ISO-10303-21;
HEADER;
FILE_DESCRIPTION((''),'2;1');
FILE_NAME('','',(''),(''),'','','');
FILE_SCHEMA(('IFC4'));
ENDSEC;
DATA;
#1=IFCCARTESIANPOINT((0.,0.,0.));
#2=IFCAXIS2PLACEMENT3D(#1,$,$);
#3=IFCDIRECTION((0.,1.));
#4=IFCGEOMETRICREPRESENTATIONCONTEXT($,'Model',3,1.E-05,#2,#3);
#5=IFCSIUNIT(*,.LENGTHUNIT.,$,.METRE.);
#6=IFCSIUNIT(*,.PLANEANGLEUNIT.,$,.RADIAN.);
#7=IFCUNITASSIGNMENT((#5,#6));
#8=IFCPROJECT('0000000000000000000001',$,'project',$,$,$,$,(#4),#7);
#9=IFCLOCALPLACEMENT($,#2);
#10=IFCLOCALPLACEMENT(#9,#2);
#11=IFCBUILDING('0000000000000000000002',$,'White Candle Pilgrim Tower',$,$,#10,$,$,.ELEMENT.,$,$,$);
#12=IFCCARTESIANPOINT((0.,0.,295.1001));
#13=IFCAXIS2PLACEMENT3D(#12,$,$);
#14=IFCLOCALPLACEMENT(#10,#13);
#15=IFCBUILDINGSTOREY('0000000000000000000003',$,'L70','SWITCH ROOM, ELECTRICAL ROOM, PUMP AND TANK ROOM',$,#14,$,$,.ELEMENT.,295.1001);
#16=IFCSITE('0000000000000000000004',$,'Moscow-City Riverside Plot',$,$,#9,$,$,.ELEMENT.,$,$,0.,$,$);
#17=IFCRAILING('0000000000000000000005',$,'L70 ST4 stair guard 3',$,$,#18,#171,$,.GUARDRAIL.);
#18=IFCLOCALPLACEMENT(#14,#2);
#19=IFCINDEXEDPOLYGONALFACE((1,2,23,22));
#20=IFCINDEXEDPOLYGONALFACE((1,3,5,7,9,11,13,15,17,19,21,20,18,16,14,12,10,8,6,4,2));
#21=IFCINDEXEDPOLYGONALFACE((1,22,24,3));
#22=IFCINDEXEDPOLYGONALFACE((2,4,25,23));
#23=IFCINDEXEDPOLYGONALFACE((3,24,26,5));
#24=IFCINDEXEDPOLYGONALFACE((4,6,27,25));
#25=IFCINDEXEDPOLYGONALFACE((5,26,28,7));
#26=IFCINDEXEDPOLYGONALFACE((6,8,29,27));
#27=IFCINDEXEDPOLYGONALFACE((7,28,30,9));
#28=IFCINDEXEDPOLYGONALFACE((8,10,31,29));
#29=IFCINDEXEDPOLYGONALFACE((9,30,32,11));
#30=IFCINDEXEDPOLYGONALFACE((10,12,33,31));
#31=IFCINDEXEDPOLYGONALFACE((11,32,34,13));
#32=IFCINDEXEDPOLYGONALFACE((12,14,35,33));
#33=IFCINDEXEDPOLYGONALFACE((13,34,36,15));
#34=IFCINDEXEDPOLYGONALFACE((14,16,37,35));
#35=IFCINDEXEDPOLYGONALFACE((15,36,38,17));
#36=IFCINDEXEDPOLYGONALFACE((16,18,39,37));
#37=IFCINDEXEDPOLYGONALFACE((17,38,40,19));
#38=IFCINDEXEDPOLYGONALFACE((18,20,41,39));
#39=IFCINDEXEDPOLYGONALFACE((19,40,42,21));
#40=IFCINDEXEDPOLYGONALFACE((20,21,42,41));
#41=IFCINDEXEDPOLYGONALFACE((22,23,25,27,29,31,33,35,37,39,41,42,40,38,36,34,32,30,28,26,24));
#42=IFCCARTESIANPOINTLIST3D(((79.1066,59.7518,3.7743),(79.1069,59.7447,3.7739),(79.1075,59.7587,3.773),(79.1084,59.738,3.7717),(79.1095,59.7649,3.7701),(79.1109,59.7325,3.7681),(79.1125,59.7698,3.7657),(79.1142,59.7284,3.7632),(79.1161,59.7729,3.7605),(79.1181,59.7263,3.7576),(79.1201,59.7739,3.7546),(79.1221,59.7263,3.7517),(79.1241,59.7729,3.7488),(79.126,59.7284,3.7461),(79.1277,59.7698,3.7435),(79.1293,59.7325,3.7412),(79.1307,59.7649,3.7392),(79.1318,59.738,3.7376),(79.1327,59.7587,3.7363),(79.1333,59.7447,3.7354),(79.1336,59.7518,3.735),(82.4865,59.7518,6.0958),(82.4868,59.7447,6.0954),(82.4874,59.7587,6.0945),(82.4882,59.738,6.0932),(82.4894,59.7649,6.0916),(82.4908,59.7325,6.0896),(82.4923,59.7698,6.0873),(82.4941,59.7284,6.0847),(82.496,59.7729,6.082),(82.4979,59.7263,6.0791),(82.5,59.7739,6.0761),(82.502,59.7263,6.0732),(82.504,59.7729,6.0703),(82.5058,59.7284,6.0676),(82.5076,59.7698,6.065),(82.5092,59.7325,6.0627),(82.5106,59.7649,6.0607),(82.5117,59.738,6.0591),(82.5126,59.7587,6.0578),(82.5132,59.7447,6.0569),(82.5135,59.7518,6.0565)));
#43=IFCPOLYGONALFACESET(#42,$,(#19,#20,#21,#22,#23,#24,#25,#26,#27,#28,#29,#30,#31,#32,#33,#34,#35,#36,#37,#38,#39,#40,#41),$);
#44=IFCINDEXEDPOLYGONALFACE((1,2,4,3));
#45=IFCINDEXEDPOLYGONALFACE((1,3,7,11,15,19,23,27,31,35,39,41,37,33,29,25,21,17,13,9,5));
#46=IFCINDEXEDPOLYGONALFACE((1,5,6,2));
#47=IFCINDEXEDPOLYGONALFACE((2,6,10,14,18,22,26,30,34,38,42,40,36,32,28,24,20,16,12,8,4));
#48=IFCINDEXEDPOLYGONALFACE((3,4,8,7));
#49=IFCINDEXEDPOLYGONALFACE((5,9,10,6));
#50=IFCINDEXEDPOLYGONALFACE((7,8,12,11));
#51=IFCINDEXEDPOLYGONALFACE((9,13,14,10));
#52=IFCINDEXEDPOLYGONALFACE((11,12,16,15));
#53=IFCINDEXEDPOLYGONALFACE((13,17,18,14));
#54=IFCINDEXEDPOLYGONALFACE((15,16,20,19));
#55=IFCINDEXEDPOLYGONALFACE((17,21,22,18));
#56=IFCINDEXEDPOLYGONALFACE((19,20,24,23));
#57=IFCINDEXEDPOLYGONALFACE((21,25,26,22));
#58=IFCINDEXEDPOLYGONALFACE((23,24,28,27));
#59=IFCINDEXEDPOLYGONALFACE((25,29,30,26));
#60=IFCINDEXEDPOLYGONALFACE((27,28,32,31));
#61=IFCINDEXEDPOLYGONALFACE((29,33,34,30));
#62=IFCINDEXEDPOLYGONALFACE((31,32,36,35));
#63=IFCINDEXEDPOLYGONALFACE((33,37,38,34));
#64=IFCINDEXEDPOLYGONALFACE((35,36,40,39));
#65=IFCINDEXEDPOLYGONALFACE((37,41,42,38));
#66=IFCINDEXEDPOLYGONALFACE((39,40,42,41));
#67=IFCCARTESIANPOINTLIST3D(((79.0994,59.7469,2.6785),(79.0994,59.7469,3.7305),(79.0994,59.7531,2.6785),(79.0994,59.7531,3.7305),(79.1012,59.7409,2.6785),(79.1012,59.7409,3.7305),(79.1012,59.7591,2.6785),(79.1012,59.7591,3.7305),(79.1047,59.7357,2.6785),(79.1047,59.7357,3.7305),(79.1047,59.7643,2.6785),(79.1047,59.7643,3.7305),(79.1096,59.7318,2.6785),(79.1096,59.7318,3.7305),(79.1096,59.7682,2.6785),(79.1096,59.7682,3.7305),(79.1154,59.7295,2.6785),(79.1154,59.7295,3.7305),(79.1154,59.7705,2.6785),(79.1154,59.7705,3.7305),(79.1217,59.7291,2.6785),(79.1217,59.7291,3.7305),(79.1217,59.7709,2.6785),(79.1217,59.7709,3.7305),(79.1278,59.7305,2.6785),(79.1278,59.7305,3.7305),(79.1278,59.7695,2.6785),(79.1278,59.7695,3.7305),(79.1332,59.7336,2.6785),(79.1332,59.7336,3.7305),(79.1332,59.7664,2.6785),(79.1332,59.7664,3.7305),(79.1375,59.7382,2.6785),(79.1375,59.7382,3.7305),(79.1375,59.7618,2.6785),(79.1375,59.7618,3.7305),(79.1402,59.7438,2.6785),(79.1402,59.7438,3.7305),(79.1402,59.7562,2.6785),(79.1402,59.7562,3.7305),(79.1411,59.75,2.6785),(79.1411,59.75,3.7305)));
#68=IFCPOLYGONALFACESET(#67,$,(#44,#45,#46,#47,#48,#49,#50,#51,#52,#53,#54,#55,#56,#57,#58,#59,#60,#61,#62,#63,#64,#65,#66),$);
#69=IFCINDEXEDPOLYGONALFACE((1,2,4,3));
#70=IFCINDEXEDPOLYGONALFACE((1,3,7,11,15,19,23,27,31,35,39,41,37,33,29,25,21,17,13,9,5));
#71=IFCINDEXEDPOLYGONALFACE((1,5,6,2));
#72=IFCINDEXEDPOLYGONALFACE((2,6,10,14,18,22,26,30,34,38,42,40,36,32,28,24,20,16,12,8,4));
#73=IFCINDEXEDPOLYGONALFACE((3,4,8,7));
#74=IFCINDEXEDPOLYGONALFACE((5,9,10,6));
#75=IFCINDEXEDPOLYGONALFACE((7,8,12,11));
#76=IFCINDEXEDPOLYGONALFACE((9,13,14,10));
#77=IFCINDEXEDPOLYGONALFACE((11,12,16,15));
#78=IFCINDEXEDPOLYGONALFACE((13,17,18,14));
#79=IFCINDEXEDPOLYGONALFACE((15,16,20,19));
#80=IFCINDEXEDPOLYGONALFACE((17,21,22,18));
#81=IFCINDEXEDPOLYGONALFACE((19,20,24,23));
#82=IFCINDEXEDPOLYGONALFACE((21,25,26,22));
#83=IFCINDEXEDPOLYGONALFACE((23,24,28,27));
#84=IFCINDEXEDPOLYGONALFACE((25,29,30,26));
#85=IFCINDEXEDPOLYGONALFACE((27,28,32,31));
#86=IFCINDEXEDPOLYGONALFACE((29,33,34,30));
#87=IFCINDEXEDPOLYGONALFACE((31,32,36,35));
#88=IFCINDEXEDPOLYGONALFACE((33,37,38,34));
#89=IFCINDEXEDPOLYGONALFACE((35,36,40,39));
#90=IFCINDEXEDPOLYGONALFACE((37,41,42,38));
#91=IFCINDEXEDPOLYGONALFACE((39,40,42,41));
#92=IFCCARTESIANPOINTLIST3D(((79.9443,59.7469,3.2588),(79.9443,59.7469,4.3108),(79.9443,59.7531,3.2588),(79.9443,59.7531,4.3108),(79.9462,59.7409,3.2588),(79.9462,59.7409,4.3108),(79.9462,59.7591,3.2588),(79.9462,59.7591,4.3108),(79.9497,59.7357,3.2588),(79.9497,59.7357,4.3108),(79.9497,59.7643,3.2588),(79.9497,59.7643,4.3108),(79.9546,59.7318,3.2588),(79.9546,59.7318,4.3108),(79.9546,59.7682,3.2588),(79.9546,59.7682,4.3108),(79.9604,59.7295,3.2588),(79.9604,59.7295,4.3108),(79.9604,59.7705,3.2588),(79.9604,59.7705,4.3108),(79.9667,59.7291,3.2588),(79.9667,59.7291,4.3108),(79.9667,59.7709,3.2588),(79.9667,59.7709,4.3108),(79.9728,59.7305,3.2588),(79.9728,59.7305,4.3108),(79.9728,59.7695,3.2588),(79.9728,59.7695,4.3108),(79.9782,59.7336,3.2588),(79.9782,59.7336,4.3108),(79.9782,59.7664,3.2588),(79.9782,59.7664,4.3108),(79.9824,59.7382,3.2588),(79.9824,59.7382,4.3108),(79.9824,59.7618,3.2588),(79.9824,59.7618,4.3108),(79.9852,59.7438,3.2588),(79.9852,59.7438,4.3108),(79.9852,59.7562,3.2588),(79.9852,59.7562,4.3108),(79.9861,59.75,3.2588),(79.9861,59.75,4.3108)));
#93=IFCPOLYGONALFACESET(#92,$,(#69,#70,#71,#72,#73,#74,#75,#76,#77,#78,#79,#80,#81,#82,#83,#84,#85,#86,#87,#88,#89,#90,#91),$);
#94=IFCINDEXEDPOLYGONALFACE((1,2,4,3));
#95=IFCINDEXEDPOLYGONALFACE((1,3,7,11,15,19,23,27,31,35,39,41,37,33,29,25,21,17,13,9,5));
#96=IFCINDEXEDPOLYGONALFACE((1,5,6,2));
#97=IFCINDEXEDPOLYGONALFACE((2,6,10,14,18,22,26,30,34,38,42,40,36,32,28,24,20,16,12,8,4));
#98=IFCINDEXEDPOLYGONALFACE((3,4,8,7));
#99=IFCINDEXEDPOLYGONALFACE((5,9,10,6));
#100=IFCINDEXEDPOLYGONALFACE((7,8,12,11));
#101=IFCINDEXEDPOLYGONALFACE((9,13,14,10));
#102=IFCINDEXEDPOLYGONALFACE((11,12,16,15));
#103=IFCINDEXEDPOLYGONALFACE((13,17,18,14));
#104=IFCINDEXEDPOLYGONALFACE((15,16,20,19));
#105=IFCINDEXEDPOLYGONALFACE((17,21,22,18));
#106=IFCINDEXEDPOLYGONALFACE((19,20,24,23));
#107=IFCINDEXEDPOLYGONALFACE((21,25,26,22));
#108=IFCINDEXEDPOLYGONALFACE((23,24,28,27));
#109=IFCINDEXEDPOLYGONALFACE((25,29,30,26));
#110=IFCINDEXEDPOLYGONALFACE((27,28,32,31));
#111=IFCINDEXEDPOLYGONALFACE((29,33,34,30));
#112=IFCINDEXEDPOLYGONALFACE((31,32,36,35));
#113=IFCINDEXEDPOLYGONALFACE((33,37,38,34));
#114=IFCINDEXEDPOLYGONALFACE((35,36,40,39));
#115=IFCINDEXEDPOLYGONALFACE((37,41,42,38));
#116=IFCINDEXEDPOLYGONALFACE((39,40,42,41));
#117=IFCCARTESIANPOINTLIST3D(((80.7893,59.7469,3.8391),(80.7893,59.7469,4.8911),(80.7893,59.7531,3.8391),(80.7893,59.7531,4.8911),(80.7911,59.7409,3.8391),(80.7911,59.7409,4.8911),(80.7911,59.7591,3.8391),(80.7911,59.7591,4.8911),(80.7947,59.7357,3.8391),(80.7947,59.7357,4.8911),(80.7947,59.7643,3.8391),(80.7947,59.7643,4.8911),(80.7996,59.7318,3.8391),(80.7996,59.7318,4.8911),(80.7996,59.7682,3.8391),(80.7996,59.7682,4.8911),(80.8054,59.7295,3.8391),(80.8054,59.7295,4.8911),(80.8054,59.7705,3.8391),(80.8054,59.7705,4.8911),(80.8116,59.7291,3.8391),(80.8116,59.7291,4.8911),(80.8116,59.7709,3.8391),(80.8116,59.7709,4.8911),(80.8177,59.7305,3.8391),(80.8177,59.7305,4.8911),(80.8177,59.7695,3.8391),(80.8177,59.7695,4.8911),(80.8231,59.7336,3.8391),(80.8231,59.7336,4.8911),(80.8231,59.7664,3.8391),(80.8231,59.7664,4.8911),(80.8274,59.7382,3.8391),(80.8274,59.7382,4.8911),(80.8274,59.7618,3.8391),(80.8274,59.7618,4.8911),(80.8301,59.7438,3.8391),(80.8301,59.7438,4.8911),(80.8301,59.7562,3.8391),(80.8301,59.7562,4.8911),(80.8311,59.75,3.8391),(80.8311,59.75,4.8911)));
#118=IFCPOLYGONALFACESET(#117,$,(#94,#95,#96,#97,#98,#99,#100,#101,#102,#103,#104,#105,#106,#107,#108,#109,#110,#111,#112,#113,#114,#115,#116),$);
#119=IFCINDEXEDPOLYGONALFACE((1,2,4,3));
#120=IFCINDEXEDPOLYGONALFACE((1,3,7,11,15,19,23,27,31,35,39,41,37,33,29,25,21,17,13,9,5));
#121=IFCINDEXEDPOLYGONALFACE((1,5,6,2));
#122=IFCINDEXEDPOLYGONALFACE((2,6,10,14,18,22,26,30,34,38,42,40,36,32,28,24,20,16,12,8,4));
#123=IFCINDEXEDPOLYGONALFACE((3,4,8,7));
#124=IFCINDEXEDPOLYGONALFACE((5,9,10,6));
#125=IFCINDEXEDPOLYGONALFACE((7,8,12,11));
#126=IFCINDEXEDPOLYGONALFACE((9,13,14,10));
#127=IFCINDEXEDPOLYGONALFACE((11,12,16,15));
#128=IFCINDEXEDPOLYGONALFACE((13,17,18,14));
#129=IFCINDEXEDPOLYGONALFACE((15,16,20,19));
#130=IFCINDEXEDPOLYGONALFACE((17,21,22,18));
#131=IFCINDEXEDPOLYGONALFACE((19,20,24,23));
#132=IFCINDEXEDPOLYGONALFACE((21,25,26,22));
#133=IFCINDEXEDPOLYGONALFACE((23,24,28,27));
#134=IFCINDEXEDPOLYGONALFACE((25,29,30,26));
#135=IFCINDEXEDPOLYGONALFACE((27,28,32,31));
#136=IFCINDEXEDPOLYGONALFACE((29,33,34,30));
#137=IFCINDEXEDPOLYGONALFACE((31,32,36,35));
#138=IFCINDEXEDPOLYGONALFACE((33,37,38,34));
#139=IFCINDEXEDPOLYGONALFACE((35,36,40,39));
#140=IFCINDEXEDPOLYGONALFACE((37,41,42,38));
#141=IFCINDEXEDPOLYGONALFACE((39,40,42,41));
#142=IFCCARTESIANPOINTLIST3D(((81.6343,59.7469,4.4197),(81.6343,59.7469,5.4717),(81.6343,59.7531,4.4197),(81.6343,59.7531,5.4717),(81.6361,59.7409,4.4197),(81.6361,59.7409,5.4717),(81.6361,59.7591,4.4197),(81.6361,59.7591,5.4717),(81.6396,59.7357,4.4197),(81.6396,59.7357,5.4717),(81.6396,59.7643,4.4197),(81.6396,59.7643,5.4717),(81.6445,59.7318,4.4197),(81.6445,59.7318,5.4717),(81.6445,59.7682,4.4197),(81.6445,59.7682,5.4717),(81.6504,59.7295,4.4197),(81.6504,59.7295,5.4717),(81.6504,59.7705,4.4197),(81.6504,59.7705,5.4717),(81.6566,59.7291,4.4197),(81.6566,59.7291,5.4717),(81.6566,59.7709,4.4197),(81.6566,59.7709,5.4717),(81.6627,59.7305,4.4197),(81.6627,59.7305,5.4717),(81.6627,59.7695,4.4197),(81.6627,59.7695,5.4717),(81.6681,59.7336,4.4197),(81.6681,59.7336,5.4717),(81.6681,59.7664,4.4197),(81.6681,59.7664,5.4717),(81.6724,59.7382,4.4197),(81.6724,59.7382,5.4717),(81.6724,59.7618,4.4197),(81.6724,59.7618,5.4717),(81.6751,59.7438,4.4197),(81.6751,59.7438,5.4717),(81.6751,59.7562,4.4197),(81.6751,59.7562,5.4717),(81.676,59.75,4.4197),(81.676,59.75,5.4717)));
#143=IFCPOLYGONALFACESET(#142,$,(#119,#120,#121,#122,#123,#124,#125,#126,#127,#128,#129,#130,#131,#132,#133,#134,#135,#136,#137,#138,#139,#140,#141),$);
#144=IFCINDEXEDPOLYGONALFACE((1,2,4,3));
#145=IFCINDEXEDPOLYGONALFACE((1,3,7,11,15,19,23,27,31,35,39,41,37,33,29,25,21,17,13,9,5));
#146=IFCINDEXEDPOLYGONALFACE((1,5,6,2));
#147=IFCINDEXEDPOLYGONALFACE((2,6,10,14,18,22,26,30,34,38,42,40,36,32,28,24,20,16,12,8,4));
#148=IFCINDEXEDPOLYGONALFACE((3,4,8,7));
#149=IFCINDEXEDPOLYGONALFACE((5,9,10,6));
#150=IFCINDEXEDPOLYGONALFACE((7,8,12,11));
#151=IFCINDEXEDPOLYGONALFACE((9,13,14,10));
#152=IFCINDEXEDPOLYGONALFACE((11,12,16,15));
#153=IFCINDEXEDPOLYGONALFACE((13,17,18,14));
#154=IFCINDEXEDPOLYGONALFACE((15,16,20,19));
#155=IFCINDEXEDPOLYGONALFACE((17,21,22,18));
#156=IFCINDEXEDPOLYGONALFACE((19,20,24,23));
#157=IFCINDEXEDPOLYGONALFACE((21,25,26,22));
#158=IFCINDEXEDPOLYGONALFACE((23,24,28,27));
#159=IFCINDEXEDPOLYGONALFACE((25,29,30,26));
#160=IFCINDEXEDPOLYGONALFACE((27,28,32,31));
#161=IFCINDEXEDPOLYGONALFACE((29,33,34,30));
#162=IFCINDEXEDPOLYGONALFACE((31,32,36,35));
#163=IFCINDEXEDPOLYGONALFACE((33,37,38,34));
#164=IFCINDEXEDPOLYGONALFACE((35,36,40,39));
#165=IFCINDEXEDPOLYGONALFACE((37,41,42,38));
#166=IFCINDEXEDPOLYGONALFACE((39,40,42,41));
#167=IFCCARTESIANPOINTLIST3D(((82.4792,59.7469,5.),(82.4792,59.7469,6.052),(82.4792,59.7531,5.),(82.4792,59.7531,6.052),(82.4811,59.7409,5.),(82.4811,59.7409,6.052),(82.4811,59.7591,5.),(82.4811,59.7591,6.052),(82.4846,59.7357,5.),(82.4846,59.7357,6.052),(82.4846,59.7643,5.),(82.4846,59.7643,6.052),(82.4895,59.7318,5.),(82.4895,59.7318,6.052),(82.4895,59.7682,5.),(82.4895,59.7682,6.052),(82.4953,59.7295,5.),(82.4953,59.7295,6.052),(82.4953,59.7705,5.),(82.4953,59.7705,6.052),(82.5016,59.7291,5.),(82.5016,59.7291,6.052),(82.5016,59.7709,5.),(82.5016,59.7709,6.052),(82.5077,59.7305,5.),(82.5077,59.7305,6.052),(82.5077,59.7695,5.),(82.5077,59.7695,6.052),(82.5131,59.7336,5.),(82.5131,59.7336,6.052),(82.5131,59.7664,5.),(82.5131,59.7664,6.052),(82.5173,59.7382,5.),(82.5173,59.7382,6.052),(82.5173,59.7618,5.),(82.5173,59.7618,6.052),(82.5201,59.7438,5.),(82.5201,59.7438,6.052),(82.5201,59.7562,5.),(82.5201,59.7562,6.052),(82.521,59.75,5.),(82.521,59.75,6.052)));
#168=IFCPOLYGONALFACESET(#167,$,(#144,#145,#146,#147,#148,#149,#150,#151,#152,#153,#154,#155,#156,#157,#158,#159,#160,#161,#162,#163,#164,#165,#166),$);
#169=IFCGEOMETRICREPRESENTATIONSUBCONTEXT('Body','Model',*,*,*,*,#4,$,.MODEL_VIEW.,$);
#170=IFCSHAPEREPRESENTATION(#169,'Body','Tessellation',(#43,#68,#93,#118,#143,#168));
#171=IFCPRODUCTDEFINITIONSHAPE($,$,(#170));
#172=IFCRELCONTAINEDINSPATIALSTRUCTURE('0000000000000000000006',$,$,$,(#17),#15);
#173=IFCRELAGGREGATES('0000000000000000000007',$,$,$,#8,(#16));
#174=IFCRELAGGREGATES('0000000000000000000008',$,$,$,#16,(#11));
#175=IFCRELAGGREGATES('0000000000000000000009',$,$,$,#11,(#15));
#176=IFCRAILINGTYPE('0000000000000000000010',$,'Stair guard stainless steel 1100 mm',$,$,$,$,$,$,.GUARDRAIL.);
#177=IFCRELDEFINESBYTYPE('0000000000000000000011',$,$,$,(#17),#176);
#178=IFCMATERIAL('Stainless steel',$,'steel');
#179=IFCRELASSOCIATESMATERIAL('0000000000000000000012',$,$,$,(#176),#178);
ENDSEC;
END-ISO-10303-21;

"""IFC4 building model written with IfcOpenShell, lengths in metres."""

from ifc_helpers import new_model, si_unit, direction, frame, origin, origin_2d, place, context, subcontext, project, spatial, circle, extrude, material, type_object, element, save


model = new_model("IFC4")

# Units and contexts
model_context = context("Model", 3, precision=1e-05, world=origin(), true_north=direction((0.0, 1.0)))
body_context = subcontext(model_context, "Body", "Model", "MODEL_VIEW")
ifc_project = project(units=[si_unit("LENGTHUNIT", "METRE"), si_unit("PLANEANGLEUNIT", "RADIAN")], contexts=[model_context])

# Site, building, storey
site_placement = place(None, origin())
site = spatial("IfcSite", under=ifc_project, at=site_placement, Name="Moscow-City Riverside Plot", CompositionType="ELEMENT", RefElevation=0.0)
building_placement = place(site_placement, origin())
building = spatial("IfcBuilding", under=site, at=building_placement, Name="White Candle Pilgrim Tower", CompositionType="ELEMENT")
storey_placement = place(building_placement, frame((0.0, 0.0, 295.1001)))
storey = spatial("IfcBuildingStorey", under=building, at=storey_placement, Name="L70", Description="SWITCH ROOM, ELECTRICAL ROOM, PUMP AND TANK ROOM", CompositionType="ELEMENT", Elevation=295.1001)

# Railing
ifc_material_1 = material(Name="Stainless steel", Category="steel")
railing_type_1 = type_object("IfcRailingType", Name="Stair guard stainless steel 1100 mm", PredefinedType="GUARDRAIL", material=ifc_material_1)
railing_1_placement = place(storey_placement, frame((79.1201, 59.75, 2.6785)))
element("IfcRailing", 1, at=railing_1_placement, inside=storey, type_object=railing_type_1, Name="L70 ST4 stair guard 3", PredefinedType="GUARDRAIL", context=body_context, shape_type="SweptSolid", body=[
    extrude(circle(Radius=0.0239, at=origin_2d()), frame((0.0, 0.0, 1.0762), z_axis=(0.824285, 0.0, 0.566175), x_axis=(0.0, 1.0, 0.0)), (0.0, 0.0, 1.0), 4.1003),
    extrude(circle(Radius=0.021, at=origin_2d()), origin(), (0.0, 0.0, 1.0), 1.052),
    extrude(circle(Radius=0.021, at=origin_2d()), frame((0.845, 0.0, 0.5803)), (0.0, 0.0, 1.0), 1.052),
    extrude(circle(Radius=0.021, at=origin_2d()), frame((1.6899, 0.0, 1.1606)), (0.0, 0.0, 1.0), 1.052),
    extrude(circle(Radius=0.021, at=origin_2d()), frame((2.5349, 0.0, 1.7412)), (0.0, 0.0, 1.0), 1.052),
    extrude(circle(Radius=0.021, at=origin_2d()), frame((3.3799, 0.0, 2.3215)), (0.0, 0.0, 1.0), 1.052),
])

save(model, "model.ifc")
